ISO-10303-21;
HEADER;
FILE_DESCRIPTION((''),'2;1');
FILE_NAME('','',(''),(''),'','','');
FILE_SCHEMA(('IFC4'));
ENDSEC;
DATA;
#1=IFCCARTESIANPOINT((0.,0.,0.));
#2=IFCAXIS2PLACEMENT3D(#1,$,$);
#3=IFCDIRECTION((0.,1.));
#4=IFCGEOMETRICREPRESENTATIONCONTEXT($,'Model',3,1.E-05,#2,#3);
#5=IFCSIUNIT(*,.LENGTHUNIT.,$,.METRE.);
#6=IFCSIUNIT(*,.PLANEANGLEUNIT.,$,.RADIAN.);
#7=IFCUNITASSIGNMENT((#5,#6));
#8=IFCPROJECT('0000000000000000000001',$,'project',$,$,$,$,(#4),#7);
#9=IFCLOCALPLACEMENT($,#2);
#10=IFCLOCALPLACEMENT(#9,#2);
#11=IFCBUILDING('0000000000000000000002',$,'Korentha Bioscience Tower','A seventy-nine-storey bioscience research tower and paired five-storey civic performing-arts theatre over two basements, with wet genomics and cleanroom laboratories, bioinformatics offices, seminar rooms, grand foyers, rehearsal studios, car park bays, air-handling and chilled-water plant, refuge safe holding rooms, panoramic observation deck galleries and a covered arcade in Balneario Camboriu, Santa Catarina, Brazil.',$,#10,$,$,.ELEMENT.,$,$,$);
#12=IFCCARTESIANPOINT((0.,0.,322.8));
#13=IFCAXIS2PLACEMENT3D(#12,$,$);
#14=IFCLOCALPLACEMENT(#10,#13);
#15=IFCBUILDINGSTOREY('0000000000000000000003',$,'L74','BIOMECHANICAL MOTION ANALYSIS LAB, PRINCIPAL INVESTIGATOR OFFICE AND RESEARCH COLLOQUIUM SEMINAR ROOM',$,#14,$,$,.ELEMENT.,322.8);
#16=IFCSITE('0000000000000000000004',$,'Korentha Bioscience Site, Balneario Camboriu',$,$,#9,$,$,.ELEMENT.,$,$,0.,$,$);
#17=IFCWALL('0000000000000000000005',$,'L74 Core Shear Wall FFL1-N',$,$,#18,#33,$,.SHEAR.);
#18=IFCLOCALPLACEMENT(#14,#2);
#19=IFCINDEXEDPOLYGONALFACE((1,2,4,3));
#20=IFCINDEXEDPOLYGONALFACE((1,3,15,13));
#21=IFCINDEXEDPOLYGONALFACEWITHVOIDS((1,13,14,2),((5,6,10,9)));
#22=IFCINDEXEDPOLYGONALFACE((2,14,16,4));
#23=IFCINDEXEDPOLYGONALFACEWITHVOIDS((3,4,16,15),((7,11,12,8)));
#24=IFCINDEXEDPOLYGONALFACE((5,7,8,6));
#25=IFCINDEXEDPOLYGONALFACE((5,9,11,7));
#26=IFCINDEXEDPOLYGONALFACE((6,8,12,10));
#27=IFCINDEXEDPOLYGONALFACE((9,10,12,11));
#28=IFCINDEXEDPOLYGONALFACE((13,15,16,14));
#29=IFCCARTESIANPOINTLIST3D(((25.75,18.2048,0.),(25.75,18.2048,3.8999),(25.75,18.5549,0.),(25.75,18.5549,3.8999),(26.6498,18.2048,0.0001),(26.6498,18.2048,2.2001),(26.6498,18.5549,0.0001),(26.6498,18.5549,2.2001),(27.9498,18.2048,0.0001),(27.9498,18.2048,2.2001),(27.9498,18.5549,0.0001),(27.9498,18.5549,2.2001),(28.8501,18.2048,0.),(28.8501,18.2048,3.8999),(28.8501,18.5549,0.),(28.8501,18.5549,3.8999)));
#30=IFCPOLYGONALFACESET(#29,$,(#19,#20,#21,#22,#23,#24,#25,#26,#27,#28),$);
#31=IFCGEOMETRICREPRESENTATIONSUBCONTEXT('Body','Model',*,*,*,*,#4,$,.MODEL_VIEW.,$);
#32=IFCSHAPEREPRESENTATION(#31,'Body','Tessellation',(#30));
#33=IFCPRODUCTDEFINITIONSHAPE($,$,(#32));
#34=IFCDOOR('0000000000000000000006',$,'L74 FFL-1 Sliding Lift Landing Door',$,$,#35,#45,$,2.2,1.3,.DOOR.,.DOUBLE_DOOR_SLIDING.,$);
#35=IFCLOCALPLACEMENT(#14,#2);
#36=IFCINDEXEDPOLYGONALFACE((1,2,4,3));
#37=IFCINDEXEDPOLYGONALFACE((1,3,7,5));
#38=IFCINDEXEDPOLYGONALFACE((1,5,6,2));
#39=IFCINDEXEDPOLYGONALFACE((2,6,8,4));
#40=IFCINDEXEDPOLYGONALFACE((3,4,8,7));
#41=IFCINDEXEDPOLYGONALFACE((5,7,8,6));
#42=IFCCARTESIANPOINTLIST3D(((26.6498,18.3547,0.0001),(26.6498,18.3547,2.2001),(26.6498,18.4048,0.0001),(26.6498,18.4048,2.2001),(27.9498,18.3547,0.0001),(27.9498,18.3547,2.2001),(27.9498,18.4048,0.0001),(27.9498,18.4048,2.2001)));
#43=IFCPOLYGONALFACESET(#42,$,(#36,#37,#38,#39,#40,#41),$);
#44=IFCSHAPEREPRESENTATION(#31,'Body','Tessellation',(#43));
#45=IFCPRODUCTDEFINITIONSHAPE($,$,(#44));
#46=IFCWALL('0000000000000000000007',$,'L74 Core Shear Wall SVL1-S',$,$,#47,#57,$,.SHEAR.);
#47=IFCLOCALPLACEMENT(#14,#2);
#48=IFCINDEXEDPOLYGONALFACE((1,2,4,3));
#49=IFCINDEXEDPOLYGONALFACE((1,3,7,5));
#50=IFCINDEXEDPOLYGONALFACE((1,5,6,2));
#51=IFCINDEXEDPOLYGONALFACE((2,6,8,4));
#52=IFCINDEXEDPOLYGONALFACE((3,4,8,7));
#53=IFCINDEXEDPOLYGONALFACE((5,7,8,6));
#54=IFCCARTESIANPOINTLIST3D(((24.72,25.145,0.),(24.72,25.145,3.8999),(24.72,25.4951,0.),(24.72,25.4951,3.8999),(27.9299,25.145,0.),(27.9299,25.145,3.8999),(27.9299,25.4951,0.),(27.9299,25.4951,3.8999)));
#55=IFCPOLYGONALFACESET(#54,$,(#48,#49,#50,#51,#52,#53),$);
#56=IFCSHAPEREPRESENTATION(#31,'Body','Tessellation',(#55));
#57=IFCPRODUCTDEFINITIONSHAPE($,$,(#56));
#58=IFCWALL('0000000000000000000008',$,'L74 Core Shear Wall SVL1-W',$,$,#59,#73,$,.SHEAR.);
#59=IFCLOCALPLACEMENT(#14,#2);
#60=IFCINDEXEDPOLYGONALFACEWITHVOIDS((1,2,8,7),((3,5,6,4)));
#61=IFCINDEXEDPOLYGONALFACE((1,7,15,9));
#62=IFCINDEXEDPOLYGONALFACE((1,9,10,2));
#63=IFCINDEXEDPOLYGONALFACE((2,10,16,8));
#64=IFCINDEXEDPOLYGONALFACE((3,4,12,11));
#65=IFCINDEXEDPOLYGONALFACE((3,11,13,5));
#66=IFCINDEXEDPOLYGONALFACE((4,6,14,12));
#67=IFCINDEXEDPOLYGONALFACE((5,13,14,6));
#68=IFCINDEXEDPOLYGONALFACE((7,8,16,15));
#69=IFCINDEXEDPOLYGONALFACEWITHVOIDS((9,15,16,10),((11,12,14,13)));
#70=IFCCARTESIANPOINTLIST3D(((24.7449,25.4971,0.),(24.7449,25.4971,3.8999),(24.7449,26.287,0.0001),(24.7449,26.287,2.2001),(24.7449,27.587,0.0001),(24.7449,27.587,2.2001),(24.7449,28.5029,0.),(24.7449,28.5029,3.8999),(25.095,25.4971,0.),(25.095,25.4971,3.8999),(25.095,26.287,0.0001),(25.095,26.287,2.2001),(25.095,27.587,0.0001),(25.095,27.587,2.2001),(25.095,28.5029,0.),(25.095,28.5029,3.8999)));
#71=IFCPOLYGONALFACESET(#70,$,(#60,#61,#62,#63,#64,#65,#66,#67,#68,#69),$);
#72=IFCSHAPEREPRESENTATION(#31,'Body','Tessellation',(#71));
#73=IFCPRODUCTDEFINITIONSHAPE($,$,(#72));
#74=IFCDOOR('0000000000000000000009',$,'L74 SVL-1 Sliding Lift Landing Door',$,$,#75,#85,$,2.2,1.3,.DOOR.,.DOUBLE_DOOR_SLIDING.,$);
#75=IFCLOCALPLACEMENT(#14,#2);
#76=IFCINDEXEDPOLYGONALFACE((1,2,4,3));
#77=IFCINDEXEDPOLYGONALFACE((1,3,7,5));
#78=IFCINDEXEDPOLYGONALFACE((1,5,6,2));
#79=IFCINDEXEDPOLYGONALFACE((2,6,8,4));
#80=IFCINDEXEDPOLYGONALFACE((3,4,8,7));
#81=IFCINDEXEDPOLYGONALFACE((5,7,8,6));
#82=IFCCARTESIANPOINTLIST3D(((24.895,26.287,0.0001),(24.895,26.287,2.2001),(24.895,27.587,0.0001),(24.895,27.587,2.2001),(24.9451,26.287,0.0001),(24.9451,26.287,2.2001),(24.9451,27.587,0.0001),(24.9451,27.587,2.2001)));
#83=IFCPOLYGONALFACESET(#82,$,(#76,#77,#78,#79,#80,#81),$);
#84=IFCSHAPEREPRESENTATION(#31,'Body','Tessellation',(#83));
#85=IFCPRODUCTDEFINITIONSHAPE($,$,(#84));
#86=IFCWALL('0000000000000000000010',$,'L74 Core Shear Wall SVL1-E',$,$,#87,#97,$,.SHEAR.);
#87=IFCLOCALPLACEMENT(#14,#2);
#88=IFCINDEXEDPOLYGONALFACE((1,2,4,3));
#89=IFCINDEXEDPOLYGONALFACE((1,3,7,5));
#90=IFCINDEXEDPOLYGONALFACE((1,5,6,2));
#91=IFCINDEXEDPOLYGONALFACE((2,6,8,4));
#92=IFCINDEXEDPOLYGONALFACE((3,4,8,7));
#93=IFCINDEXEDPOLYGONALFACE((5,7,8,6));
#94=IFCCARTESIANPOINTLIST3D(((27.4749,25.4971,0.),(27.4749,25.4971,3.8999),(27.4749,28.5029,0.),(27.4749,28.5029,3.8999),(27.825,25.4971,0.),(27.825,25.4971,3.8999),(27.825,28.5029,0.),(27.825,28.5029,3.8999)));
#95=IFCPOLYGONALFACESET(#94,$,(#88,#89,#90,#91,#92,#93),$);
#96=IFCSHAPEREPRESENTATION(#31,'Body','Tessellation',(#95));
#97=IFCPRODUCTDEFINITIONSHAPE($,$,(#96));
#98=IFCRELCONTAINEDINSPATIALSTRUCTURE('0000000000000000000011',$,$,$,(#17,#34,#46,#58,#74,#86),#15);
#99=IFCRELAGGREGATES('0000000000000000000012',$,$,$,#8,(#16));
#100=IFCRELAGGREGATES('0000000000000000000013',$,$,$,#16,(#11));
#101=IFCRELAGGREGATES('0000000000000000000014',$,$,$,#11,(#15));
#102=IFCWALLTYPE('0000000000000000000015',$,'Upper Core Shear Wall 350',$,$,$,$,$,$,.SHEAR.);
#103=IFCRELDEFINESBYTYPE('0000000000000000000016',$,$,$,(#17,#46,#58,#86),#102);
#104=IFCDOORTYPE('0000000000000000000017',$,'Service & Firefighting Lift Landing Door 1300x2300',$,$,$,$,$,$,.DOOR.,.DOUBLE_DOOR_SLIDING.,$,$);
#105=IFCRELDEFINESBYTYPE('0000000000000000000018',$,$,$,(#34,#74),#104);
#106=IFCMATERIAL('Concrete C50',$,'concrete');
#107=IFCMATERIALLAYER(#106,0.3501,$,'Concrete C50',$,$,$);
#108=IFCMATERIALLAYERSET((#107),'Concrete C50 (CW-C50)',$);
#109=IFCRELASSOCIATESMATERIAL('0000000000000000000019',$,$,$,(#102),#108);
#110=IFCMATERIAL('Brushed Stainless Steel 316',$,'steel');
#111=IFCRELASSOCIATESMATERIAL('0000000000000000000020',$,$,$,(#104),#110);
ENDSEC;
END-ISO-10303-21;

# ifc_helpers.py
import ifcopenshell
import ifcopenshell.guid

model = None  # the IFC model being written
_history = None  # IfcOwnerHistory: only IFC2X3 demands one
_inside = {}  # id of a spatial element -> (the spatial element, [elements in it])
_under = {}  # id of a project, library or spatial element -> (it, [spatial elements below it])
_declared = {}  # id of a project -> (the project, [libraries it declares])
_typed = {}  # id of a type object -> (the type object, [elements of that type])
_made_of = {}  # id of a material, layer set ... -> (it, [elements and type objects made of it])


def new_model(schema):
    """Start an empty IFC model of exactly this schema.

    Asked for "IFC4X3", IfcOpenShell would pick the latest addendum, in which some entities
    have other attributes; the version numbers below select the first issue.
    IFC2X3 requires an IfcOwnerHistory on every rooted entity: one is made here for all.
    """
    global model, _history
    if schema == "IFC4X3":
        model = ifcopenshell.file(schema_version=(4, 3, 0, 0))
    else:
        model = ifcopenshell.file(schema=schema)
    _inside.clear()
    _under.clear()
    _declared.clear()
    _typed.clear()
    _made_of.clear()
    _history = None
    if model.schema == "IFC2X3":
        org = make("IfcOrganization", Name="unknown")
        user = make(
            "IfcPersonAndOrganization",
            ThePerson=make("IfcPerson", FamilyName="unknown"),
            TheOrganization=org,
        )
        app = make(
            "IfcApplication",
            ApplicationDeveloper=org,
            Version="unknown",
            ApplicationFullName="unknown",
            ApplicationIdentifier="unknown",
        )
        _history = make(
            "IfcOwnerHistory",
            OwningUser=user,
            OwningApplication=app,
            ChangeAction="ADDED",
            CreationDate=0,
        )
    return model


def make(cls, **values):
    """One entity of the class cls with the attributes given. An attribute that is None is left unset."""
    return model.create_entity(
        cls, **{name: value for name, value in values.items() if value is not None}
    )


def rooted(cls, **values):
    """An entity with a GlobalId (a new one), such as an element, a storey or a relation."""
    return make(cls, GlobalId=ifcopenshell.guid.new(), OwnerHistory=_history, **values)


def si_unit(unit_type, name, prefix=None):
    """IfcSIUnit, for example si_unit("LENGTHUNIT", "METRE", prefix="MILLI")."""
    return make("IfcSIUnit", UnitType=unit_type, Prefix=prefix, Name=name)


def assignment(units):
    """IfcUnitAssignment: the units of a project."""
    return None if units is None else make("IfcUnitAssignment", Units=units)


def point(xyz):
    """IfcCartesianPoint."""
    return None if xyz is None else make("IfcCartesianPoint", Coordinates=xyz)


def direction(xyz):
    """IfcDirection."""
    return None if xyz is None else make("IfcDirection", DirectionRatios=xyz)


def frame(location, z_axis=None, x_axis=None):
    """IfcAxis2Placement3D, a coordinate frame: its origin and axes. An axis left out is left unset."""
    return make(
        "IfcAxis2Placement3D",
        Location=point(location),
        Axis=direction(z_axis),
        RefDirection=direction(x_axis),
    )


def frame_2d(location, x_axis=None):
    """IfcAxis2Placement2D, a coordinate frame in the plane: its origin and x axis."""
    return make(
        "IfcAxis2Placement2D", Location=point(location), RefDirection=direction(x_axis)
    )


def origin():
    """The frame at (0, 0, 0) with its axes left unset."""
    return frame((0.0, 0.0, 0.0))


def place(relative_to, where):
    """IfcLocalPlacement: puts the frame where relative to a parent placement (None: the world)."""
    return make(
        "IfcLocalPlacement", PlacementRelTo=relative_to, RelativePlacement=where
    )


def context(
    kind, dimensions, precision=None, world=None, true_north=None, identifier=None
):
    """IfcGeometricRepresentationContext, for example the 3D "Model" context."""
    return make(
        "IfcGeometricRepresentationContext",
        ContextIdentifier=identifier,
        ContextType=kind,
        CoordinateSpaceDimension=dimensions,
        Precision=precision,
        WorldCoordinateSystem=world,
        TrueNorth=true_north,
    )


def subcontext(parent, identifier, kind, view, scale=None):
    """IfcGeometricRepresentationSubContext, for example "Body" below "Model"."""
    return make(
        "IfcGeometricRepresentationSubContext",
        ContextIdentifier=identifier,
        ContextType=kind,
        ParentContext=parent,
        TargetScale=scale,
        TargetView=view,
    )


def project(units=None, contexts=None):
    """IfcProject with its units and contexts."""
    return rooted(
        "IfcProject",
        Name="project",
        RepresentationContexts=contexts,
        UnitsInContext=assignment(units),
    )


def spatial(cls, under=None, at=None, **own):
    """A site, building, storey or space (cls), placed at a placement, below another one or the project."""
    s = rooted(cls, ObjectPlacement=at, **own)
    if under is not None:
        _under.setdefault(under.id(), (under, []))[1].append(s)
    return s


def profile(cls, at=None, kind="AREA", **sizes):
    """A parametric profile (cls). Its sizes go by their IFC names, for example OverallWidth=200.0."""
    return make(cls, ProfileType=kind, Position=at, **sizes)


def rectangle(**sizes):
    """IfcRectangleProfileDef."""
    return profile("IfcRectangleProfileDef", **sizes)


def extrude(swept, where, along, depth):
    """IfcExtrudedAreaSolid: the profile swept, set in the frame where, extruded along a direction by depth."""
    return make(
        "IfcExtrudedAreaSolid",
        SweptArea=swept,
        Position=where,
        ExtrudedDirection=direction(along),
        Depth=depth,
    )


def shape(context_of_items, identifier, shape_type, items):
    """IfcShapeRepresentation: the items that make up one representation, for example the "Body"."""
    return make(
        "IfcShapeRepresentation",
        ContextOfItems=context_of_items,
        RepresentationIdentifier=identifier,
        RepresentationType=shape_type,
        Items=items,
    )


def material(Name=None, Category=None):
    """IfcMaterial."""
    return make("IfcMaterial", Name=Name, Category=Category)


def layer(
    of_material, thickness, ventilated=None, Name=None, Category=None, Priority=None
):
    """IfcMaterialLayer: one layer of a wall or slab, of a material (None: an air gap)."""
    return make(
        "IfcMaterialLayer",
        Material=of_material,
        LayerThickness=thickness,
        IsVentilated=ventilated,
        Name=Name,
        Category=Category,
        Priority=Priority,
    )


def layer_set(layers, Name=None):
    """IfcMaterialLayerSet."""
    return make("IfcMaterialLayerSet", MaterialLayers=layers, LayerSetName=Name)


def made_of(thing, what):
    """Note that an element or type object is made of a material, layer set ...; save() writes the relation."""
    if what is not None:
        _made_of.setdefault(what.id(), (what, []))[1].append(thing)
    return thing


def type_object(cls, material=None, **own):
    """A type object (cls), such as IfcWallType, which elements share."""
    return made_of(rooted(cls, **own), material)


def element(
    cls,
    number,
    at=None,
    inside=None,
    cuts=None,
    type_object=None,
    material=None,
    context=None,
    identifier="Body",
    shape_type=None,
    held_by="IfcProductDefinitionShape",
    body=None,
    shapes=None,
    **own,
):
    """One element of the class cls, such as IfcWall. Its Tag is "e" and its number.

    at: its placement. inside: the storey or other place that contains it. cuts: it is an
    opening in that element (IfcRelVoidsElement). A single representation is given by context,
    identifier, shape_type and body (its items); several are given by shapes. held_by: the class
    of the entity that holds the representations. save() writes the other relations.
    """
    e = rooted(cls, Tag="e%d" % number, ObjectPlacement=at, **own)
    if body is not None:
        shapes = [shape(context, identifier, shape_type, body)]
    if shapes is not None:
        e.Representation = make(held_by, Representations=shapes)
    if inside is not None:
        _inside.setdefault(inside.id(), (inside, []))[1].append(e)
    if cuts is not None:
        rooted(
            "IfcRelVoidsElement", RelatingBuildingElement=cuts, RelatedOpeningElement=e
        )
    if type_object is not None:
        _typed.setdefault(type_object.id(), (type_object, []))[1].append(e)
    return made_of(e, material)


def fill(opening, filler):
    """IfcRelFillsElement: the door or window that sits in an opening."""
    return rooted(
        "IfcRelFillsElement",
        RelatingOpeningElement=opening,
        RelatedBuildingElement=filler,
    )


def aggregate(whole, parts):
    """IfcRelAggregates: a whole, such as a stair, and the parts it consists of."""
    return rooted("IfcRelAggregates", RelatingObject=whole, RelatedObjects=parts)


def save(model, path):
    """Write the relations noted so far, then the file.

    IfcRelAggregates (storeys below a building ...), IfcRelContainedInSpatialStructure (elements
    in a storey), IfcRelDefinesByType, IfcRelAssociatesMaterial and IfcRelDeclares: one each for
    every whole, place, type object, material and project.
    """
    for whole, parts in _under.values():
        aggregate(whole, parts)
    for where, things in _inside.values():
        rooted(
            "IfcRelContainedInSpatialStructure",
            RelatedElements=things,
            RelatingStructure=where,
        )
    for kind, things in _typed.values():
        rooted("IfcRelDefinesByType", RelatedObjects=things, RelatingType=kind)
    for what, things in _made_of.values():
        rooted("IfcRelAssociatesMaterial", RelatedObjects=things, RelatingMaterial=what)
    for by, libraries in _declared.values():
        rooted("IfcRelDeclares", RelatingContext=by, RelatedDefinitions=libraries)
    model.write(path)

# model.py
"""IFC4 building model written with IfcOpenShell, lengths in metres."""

from ifc_helpers import new_model, si_unit, direction, frame, frame_2d, origin, place, context, subcontext, project, spatial, rectangle, extrude, material, layer, layer_set, type_object, element, fill, save


model = new_model("IFC4")

# Units and contexts
model_context = context("Model", 3, precision=1e-05, world=origin(), true_north=direction((0.0, 1.0)))
body_context = subcontext(model_context, "Body", "Model", "MODEL_VIEW")
ifc_project = project(units=[si_unit("LENGTHUNIT", "METRE"), si_unit("PLANEANGLEUNIT", "RADIAN")], contexts=[model_context])

# Site, building, storey
site_placement = place(None, origin())
site = spatial("IfcSite", under=ifc_project, at=site_placement, Name="Korentha Bioscience Site, Balneario Camboriu", CompositionType="ELEMENT", RefElevation=0.0)
building_placement = place(site_placement, origin())
building = spatial("IfcBuilding", under=site, at=building_placement, Name="Korentha Bioscience Tower", Description="A seventy-nine-storey bioscience research tower and paired five-storey civic performing-arts theatre over two basements, with wet genomics and cleanroom laboratories, bioinformatics offices, seminar rooms, grand foyers, rehearsal studios, car park bays, air-handling and chilled-water plant, refuge safe holding rooms, panoramic observation deck galleries and a covered arcade in Balneario Camboriu, Santa Catarina, Brazil.", CompositionType="ELEMENT")
storey_placement = place(building_placement, frame((0.0, 0.0, 322.8)))
storey = spatial("IfcBuildingStorey", under=building, at=storey_placement, Name="L74", Description="BIOMECHANICAL MOTION ANALYSIS LAB, PRINCIPAL INVESTIGATOR OFFICE AND RESEARCH COLLOQUIUM SEMINAR ROOM", CompositionType="ELEMENT", Elevation=322.8)

# Shared definitions
ifc_material_1 = material(Name="Concrete C50", Category="concrete")
ifc_layer_1 = layer(ifc_material_1, 0.3501, Name="Concrete C50")
ifc_layer_set_1 = layer_set([ifc_layer_1], Name="Concrete C50 (CW-C50)")
wall_type_1 = type_object("IfcWallType", Name="Upper Core Shear Wall 350", PredefinedType="SHEAR", material=ifc_layer_set_1)

# Wall, opening, door
wall_1_placement = place(storey_placement, frame((25.75, 18.3799, 0.0), z_axis=(0.0, 0.0, 1.0), x_axis=(1.0, 0.0, 0.0)))
wall_1 = element("IfcWall", 1, at=wall_1_placement, inside=storey, type_object=wall_type_1, Name="L74 Core Shear Wall FFL1-N", PredefinedType="SHEAR", context=body_context, shape_type="SweptSolid", body=[
    extrude(rectangle(XDim=3.1001, YDim=0.3501, at=frame_2d((1.55, 0.0))), origin(), (0.0, 0.0, 1.0), 3.8999),
])
opening_1_placement = place(wall_1_placement, frame((0.8999, 0.0, 0.0)))
opening_1 = element("IfcOpeningElement", 2, at=opening_1_placement, cuts=wall_1, PredefinedType="OPENING", context=body_context, shape_type="SweptSolid", body=[
    extrude(rectangle(XDim=1.3, YDim=2.2, at=frame_2d((0.6499, 1.1001))), frame((0.0, 0.1899, 0.0), z_axis=(0.0, -1.0, 0.0), x_axis=(1.0, 0.0, 0.0)), (0.0, 0.0, 1.0), 0.3799),
])
ifc_material_2 = material(Name="Brushed Stainless Steel 316", Category="steel")
door_type_1 = type_object("IfcDoorType", Name="Service & Firefighting Lift Landing Door 1300x2300", OperationType="DOUBLE_DOOR_SLIDING", PredefinedType="DOOR", material=ifc_material_2)
door_1_placement = place(opening_1_placement, origin())
door_1 = element("IfcDoor", 3, at=door_1_placement, inside=storey, type_object=door_type_1, Name="L74 FFL-1 Sliding Lift Landing Door", OperationType="DOUBLE_DOOR_SLIDING", OverallHeight=2.2, OverallWidth=1.3, PredefinedType="DOOR", context=body_context, shape_type="SweptSolid", body=[
    extrude(rectangle(XDim=1.3, YDim=2.2, at=frame_2d((0.6499, 1.1001))), frame((0.0, 0.0249, 0.0), z_axis=(0.0, -1.0, 0.0), x_axis=(1.0, 0.0, 0.0)), (0.0, 0.0, 1.0), 0.05),
])
fill(opening_1, door_1)

# Wall
wall_2_placement = place(storey_placement, frame((24.72, 25.3201, 0.0), z_axis=(0.0, 0.0, 1.0), x_axis=(1.0, 0.0, 0.0)))
element("IfcWall", 4, at=wall_2_placement, inside=storey, type_object=wall_type_1, Name="L74 Core Shear Wall SVL1-S", PredefinedType="SHEAR", context=body_context, shape_type="SweptSolid", body=[
    extrude(rectangle(XDim=3.21, YDim=0.3501, at=frame_2d((1.605, 0.0))), origin(), (0.0, 0.0, 1.0), 3.8999),
])

# Wall, opening, door
wall_3_placement = place(storey_placement, frame((24.9199, 25.4971, 0.0), z_axis=(0.0, 0.0, 1.0), x_axis=(0.0, 1.0, 0.0)))
wall_3 = element("IfcWall", 5, at=wall_3_placement, inside=storey, type_object=wall_type_1, Name="L74 Core Shear Wall SVL1-W", PredefinedType="SHEAR", context=body_context, shape_type="SweptSolid", body=[
    extrude(rectangle(XDim=3.0059, YDim=0.3501, at=frame_2d((1.5029, 0.0))), origin(), (0.0, 0.0, 1.0), 3.8999),
])
opening_2_placement = place(wall_3_placement, frame((0.79, 0.0, 0.0)))
opening_2 = element("IfcOpeningElement", 6, at=opening_2_placement, cuts=wall_3, PredefinedType="OPENING", context=body_context, shape_type="SweptSolid", body=[
    extrude(rectangle(XDim=1.3, YDim=2.2, at=frame_2d((0.6499, 1.1001))), frame((0.0, 0.1899, 0.0), z_axis=(0.0, -1.0, 0.0), x_axis=(1.0, 0.0, 0.0)), (0.0, 0.0, 1.0), 0.3799),
])
door_2_placement = place(opening_2_placement, origin())
door_2 = element("IfcDoor", 7, at=door_2_placement, inside=storey, type_object=door_type_1, Name="L74 SVL-1 Sliding Lift Landing Door", OperationType="DOUBLE_DOOR_SLIDING", OverallHeight=2.2, OverallWidth=1.3, PredefinedType="DOOR", context=body_context, shape_type="SweptSolid", body=[
    extrude(rectangle(XDim=1.3, YDim=2.2, at=frame_2d((0.6499, 1.1001))), frame((0.0, 0.0249, 0.0), z_axis=(0.0, -1.0, 0.0), x_axis=(1.0, 0.0, 0.0)), (0.0, 0.0, 1.0), 0.05),
])
fill(opening_2, door_2)

# Wall
wall_4_placement = place(storey_placement, frame((27.6499, 25.4971, 0.0), z_axis=(0.0, 0.0, 1.0), x_axis=(0.0, 1.0, 0.0)))
element("IfcWall", 8, at=wall_4_placement, inside=storey, type_object=wall_type_1, Name="L74 Core Shear Wall SVL1-E", PredefinedType="SHEAR", context=body_context, shape_type="SweptSolid", body=[
    extrude(rectangle(XDim=3.0059, YDim=0.3501, at=frame_2d((1.5029, 0.0))), origin(), (0.0, 0.0, 1.0), 3.8999),
])

save(model, "model.ifc")
